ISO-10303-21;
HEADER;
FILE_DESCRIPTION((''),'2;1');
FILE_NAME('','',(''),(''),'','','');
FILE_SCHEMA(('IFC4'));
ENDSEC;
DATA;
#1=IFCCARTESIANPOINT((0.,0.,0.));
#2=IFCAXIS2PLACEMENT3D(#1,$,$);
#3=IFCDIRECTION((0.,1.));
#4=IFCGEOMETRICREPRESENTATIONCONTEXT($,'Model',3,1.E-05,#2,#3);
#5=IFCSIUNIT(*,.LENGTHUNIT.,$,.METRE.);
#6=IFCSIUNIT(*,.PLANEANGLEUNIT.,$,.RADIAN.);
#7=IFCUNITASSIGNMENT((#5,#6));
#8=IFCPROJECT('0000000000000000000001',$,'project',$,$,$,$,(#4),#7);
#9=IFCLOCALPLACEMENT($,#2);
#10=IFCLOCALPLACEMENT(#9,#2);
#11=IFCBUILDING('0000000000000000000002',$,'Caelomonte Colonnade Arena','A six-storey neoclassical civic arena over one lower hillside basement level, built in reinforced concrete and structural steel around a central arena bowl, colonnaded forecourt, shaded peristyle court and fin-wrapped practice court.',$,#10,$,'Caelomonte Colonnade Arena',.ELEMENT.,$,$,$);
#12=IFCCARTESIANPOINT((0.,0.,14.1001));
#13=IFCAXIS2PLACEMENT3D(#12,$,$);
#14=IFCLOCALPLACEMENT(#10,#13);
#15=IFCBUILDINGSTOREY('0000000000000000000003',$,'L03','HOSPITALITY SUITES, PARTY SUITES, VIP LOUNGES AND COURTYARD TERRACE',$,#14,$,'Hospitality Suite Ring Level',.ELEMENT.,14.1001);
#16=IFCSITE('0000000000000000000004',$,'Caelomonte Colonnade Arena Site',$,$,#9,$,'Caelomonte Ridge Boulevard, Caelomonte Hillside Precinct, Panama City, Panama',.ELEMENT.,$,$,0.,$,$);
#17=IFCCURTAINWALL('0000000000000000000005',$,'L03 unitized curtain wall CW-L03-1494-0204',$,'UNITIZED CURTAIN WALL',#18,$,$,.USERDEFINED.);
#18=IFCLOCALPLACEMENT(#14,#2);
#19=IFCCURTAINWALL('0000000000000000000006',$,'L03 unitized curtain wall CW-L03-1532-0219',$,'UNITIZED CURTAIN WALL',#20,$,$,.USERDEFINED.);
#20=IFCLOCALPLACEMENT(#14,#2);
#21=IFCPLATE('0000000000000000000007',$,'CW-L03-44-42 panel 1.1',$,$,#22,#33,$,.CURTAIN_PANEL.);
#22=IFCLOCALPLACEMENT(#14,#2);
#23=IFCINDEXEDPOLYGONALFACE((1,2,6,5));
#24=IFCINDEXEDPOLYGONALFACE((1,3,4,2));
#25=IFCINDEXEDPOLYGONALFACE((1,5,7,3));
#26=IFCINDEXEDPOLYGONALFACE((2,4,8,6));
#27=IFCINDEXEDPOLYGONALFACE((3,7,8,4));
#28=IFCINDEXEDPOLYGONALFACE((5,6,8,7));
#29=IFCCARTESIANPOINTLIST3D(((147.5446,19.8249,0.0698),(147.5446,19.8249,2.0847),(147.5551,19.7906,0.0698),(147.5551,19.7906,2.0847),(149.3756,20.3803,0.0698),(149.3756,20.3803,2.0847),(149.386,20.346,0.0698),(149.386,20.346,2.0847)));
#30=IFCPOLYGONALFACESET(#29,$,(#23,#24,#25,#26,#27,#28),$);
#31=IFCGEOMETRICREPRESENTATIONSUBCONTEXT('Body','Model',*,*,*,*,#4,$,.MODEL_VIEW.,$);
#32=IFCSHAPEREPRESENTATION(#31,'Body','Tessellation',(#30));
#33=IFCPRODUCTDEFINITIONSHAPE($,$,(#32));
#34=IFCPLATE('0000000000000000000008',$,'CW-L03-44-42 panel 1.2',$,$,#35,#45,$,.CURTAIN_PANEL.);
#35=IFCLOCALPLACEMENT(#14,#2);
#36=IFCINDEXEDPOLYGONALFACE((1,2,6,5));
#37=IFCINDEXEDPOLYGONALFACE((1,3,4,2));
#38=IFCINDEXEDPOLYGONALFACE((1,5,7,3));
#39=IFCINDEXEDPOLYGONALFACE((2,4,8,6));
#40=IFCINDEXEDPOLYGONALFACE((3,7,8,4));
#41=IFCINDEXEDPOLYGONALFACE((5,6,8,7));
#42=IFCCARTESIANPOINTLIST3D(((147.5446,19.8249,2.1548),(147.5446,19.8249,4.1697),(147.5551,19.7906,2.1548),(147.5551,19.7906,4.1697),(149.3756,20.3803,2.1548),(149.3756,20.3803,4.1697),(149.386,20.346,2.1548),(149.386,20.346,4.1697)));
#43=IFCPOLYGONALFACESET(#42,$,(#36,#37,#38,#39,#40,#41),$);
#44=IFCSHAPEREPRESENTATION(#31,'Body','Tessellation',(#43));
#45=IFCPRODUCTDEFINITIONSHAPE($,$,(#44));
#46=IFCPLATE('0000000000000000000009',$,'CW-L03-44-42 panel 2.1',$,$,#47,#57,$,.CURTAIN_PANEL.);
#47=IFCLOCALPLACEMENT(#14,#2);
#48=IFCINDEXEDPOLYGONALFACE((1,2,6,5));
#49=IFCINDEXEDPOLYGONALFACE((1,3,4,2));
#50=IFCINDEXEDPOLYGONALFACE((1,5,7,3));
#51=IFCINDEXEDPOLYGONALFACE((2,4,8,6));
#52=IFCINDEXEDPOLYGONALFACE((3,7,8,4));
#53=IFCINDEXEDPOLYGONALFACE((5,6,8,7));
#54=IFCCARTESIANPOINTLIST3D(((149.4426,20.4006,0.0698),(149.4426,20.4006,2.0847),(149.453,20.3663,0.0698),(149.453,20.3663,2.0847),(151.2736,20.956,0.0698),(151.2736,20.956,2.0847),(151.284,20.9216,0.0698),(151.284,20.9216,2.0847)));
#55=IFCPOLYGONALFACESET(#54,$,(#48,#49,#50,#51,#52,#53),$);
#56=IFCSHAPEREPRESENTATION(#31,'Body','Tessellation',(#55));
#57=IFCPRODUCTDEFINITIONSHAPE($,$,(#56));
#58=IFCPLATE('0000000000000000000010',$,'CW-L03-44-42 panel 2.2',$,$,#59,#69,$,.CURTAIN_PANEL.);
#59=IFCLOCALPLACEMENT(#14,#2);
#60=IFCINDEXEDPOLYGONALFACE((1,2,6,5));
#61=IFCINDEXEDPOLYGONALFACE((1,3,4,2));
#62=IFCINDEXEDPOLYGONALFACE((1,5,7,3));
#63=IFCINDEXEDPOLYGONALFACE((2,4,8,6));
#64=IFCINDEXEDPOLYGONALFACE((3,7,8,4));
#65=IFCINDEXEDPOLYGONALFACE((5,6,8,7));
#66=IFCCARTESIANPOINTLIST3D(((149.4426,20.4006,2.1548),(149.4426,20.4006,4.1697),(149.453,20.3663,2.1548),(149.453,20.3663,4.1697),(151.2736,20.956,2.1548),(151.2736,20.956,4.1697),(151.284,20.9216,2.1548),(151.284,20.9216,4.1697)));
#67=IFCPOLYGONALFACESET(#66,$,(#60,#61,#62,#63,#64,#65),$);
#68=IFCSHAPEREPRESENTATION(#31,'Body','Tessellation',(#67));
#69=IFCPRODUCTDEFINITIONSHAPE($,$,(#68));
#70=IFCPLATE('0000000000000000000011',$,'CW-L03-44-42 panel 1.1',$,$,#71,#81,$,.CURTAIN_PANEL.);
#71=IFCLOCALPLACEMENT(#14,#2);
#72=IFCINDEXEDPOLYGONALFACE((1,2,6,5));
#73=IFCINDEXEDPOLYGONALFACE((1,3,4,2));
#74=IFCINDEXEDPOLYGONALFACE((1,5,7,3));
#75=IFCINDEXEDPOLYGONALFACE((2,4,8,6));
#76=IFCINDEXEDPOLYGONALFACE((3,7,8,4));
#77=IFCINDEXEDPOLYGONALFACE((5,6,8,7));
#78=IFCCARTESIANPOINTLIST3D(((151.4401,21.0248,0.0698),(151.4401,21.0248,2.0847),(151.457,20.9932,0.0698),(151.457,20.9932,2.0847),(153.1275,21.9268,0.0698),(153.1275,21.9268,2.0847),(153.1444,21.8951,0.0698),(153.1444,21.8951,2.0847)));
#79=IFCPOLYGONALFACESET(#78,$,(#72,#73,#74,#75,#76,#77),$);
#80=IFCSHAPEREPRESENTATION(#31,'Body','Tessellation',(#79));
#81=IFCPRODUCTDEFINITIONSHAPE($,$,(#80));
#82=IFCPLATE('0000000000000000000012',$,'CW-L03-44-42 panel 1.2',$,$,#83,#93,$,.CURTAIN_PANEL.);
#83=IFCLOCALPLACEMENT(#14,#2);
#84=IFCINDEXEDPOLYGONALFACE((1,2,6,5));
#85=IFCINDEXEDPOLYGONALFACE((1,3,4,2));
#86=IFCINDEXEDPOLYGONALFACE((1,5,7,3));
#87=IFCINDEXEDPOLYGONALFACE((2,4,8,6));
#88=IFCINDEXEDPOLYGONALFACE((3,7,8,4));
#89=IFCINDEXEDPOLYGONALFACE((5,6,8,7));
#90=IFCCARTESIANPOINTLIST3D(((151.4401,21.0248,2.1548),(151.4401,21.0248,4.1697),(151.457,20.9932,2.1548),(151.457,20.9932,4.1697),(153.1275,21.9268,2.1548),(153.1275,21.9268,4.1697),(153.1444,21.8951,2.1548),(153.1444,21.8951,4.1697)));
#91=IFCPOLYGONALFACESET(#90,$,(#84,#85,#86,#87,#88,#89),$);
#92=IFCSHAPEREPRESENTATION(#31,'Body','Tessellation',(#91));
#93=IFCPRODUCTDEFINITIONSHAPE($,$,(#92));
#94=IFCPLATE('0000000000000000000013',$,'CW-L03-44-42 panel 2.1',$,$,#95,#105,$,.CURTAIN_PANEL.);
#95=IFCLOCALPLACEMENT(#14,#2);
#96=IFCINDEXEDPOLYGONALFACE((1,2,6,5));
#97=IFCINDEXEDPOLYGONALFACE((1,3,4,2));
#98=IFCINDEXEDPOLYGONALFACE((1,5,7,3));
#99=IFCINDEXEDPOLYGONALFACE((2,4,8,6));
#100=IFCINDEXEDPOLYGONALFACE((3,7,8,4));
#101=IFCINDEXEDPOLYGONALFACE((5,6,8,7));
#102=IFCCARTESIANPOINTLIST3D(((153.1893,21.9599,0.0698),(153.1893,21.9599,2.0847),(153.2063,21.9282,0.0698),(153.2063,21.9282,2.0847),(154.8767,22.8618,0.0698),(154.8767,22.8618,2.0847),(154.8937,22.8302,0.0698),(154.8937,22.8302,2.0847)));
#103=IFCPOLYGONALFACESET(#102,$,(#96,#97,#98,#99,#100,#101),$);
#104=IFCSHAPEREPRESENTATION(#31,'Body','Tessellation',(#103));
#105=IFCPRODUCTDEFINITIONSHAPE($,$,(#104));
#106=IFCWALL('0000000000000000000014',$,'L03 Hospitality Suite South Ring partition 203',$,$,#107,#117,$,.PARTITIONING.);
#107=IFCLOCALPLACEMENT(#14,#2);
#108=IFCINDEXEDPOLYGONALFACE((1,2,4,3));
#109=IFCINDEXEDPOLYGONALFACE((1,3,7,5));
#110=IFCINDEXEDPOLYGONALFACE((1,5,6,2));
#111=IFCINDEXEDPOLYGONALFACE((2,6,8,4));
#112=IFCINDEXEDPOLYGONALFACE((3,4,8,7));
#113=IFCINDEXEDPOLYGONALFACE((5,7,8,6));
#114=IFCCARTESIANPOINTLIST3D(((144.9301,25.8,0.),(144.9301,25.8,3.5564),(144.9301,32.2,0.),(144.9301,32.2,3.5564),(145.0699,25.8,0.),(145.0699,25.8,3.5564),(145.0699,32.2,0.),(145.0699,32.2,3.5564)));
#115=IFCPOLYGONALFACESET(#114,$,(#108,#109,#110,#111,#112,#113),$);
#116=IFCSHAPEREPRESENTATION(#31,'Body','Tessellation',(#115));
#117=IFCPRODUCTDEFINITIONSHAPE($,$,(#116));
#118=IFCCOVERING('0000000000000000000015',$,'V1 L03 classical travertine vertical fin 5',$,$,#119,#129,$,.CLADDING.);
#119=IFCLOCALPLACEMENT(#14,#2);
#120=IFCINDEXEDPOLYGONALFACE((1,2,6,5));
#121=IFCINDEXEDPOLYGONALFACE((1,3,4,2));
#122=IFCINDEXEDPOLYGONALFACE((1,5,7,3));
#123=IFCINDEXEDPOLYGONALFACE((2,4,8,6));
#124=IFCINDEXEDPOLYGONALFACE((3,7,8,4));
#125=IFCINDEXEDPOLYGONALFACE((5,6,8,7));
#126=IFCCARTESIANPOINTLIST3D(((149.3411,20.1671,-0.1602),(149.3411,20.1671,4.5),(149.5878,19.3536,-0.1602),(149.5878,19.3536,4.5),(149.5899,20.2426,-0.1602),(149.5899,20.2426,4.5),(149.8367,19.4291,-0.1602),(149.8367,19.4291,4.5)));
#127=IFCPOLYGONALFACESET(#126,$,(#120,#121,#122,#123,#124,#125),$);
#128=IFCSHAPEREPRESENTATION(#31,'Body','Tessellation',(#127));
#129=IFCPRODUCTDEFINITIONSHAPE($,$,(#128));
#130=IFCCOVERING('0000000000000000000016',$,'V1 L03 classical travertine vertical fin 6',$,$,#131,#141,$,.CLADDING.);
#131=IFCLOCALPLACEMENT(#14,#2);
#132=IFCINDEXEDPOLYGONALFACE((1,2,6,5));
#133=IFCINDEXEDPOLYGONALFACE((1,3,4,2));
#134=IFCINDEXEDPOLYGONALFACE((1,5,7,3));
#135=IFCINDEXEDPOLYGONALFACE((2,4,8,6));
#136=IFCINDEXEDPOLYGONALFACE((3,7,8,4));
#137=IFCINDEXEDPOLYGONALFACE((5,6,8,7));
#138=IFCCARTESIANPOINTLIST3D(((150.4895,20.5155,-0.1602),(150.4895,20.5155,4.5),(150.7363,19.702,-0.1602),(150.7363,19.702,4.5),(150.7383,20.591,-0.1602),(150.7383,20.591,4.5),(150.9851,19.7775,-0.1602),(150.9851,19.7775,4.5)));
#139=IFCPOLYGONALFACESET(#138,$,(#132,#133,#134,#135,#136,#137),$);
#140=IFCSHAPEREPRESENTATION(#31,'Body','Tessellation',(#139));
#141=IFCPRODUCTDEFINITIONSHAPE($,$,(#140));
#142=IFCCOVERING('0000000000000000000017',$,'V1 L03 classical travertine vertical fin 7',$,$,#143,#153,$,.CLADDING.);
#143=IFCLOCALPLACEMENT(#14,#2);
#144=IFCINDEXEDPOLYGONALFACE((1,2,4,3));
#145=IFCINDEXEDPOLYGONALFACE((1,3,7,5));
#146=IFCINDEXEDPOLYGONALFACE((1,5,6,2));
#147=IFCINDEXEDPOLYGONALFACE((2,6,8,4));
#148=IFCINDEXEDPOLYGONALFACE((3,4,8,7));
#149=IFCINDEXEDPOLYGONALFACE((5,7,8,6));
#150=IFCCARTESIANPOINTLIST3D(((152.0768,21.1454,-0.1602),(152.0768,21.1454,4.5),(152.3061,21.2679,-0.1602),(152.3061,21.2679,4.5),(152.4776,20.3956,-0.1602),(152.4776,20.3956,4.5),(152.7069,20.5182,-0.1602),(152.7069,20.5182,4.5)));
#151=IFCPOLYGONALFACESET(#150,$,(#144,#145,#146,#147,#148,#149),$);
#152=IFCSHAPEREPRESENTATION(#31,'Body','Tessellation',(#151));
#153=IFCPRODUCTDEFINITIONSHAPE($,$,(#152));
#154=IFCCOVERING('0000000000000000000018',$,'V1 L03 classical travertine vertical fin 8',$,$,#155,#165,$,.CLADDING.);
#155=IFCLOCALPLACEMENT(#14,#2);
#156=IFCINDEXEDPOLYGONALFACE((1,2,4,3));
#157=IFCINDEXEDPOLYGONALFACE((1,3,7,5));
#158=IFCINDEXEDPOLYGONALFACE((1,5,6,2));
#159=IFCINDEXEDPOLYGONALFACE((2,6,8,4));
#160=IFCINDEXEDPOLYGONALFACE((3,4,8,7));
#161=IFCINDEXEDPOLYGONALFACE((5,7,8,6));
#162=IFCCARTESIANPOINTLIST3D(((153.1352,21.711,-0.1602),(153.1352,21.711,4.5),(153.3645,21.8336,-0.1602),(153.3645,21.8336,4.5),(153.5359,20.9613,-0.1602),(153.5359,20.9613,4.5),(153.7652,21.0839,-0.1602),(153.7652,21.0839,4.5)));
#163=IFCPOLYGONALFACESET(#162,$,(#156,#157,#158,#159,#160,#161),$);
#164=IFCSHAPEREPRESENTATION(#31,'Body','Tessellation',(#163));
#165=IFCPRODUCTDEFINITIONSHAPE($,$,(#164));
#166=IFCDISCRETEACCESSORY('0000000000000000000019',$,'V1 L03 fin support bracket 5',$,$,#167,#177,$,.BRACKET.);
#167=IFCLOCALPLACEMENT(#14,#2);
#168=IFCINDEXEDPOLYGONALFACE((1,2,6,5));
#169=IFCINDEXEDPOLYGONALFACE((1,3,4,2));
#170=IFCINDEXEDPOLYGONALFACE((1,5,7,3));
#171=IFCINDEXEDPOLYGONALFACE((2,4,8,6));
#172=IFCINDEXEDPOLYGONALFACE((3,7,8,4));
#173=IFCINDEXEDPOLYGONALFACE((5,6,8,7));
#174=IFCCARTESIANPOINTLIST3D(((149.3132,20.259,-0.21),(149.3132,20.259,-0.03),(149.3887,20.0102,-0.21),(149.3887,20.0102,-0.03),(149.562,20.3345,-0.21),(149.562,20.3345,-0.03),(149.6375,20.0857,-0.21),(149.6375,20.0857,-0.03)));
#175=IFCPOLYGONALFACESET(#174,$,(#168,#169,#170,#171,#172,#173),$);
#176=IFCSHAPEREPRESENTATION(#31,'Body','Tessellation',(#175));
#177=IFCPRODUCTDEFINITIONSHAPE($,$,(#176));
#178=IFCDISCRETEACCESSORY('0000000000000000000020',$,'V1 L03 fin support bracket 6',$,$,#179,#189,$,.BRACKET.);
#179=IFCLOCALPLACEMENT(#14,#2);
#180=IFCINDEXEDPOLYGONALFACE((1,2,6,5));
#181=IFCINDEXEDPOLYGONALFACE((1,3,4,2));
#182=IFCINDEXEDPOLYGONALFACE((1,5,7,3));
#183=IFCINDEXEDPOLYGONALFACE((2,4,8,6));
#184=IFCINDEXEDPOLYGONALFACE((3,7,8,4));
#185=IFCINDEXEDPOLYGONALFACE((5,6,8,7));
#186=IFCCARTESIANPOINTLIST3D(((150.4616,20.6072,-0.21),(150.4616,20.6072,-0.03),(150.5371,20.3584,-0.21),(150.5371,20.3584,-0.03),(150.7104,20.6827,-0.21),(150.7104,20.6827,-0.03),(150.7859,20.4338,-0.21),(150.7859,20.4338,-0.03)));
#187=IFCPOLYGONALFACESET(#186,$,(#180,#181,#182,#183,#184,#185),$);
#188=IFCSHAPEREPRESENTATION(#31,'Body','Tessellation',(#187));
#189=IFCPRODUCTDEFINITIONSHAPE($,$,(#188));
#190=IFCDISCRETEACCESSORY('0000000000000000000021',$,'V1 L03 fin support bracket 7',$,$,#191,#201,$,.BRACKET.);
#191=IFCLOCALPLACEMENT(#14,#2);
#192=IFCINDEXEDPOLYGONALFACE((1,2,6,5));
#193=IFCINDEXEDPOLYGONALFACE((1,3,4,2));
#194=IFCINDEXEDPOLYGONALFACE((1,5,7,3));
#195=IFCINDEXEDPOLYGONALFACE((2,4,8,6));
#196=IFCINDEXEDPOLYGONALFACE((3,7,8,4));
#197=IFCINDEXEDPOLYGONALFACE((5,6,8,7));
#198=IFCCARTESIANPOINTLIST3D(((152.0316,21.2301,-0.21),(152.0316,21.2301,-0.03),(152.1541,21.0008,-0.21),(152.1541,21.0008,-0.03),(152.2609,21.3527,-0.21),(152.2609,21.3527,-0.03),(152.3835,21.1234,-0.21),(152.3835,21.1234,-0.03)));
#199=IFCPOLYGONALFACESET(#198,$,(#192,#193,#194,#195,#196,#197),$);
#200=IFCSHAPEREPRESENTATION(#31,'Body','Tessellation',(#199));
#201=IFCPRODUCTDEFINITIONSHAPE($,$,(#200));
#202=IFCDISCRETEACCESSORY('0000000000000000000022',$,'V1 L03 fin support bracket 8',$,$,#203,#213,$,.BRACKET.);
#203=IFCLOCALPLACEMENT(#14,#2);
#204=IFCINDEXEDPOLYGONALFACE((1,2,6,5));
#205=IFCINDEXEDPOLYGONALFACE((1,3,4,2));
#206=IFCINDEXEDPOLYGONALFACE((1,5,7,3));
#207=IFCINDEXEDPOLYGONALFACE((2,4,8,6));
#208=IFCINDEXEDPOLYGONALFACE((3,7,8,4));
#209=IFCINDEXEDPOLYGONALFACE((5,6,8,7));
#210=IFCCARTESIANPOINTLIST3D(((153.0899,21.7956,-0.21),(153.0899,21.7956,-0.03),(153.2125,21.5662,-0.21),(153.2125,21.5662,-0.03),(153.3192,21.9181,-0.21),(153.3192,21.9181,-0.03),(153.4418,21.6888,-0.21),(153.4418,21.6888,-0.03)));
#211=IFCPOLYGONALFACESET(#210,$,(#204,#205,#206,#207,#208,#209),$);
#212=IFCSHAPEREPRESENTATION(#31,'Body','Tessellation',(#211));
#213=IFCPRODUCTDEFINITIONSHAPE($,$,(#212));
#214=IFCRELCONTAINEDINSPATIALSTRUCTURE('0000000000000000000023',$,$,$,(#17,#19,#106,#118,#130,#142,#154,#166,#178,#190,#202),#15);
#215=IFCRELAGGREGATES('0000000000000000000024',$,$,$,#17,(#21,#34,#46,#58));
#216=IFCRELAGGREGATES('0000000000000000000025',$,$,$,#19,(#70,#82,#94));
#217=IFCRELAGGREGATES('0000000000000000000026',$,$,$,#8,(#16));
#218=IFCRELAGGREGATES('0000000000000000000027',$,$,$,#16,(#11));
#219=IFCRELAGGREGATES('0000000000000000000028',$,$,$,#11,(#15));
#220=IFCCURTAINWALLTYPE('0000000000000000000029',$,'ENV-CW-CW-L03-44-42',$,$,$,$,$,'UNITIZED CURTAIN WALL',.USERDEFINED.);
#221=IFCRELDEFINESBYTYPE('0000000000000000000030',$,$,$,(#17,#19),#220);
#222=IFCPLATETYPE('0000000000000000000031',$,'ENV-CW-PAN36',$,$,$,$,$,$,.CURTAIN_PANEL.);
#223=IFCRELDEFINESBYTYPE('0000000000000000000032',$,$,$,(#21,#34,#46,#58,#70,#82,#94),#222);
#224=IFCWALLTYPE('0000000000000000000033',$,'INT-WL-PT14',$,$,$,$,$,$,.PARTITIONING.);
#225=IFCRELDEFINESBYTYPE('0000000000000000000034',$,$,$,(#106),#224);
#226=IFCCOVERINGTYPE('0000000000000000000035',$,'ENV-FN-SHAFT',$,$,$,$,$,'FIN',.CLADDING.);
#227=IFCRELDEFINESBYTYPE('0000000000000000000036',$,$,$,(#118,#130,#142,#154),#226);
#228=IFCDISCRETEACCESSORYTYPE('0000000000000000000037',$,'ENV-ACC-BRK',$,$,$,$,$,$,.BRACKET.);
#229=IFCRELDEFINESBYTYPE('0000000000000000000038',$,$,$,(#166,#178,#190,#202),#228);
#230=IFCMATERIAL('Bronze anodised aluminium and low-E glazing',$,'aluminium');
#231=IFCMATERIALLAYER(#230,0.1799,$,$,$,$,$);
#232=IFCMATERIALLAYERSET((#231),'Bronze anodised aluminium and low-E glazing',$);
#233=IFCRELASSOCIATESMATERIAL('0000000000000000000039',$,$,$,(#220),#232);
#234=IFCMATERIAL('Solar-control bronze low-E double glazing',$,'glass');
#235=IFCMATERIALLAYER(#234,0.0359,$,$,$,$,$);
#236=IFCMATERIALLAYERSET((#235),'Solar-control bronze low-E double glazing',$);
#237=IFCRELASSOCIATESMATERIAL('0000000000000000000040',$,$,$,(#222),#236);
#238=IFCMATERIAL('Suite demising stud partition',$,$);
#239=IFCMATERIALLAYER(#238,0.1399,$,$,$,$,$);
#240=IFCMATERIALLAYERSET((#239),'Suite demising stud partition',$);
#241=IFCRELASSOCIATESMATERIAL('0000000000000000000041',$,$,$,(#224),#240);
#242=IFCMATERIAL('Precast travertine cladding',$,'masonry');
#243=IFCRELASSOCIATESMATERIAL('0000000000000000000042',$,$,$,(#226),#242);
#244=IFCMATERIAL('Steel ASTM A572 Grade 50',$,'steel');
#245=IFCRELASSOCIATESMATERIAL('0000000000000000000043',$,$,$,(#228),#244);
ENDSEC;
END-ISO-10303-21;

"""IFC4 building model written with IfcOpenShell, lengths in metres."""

from ifc_helpers import new_model, si_unit, direction, frame, frame_2d, origin, origin_2d, place, context, subcontext, project, spatial, rectangle, extrude, material, layer, layer_set, material_profile, profile_set, type_object, element, aggregate, save


model = new_model("IFC4")

# Units and contexts
model_context = context("Model", 3, precision=1e-05, world=origin(), true_north=direction((0.0, 1.0)))
body_context = subcontext(model_context, "Body", "Model", "MODEL_VIEW")
ifc_project = project(units=[si_unit("LENGTHUNIT", "METRE"), si_unit("PLANEANGLEUNIT", "RADIAN")], contexts=[model_context])

# Site, building, storey
site_placement = place(None, origin())
site = spatial("IfcSite", under=ifc_project, at=site_placement, Name="Caelomonte Colonnade Arena Site", LongName="Caelomonte Ridge Boulevard, Caelomonte Hillside Precinct, Panama City, Panama", CompositionType="ELEMENT", RefElevation=0.0)
building_placement = place(site_placement, origin())
building = spatial("IfcBuilding", under=site, at=building_placement, Name="Caelomonte Colonnade Arena", Description="A six-storey neoclassical civic arena over one lower hillside basement level, built in reinforced concrete and structural steel around a central arena bowl, colonnaded forecourt, shaded peristyle court and fin-wrapped practice court.", LongName="Caelomonte Colonnade Arena", CompositionType="ELEMENT")
storey_placement = place(building_placement, frame((0.0, 0.0, 14.1001)))
storey = spatial("IfcBuildingStorey", under=building, at=storey_placement, Name="L03", Description="HOSPITALITY SUITES, PARTY SUITES, VIP LOUNGES AND COURTYARD TERRACE", LongName="Hospitality Suite Ring Level", CompositionType="ELEMENT", Elevation=14.1001)

# Curtain walls
ifc_material_1 = material(Name="Bronze anodised aluminium and low-E glazing", Category="aluminium")
ifc_layer_1 = layer(ifc_material_1, 0.1799)
ifc_layer_set_1 = layer_set([ifc_layer_1], Name="Bronze anodised aluminium and low-E glazing")
curtain_wall_type = type_object("IfcCurtainWallType", Name="ENV-CW-CW-L03-44-42", ElementType="UNITIZED CURTAIN WALL", PredefinedType="USERDEFINED", material=ifc_layer_set_1)
curtain_wall_1_placement = place(storey_placement, origin())
curtain_wall_1 = element("IfcCurtainWall", 1, at=curtain_wall_1_placement, inside=storey, type_object=curtain_wall_type, Name="L03 unitized curtain wall CW-L03-1494-0204", ObjectType="UNITIZED CURTAIN WALL", PredefinedType="USERDEFINED")
curtain_wall_2_placement = place(storey_placement, origin())
curtain_wall_2 = element("IfcCurtainWall", 2, at=curtain_wall_2_placement, inside=storey, type_object=curtain_wall_type, Name="L03 unitized curtain wall CW-L03-1532-0219", ObjectType="UNITIZED CURTAIN WALL", PredefinedType="USERDEFINED")

# Plates
ifc_material_2 = material(Name="Solar-control bronze low-E double glazing", Category="glass")
ifc_layer_2 = layer(ifc_material_2, 0.0359)
ifc_layer_set_2 = layer_set([ifc_layer_2], Name="Solar-control bronze low-E double glazing")
plate_type = type_object("IfcPlateType", Name="ENV-CW-PAN36", PredefinedType="CURTAIN_PANEL", material=ifc_layer_set_2)
plate_1_placement = place(storey_placement, frame((148.4653, 20.0854, 0.0698), z_axis=(0.0, 0.0, 1.0), x_axis=(0.956949, 0.290256, 0.0)))
plate_1 = element("IfcPlate", 3, at=plate_1_placement, type_object=plate_type, Name="CW-L03-44-42 panel 1.1", PredefinedType="CURTAIN_PANEL", context=body_context, shape_type="SweptSolid", body=[
    extrude(rectangle(XDim=1.9133, YDim=0.0359, at=origin_2d()), origin(), (0.0, 0.0, 1.0), 2.0149),
])
plate_2_placement = place(storey_placement, frame((148.4653, 20.0854, 2.1548), z_axis=(0.0, 0.0, 1.0), x_axis=(0.956949, 0.290256, 0.0)))
plate_2 = element("IfcPlate", 4, at=plate_2_placement, type_object=plate_type, Name="CW-L03-44-42 panel 1.2", PredefinedType="CURTAIN_PANEL", context=body_context, shape_type="SweptSolid", body=[
    extrude(rectangle(XDim=1.9133, YDim=0.0359, at=origin_2d()), origin(), (0.0, 0.0, 1.0), 2.0149),
])
plate_3_placement = place(storey_placement, frame((150.3633, 20.6611, 0.0698), z_axis=(0.0, 0.0, 1.0), x_axis=(0.956949, 0.290256, 0.0)))
plate_3 = element("IfcPlate", 5, at=plate_3_placement, type_object=plate_type, Name="CW-L03-44-42 panel 2.1", PredefinedType="CURTAIN_PANEL", context=body_context, shape_type="SweptSolid", body=[
    extrude(rectangle(XDim=1.9133, YDim=0.0359, at=origin_2d()), origin(), (0.0, 0.0, 1.0), 2.0149),
])
plate_4_placement = place(storey_placement, frame((150.3633, 20.6611, 2.1548), z_axis=(0.0, 0.0, 1.0), x_axis=(0.956949, 0.290256, 0.0)))
plate_4 = element("IfcPlate", 6, at=plate_4_placement, type_object=plate_type, Name="CW-L03-44-42 panel 2.2", PredefinedType="CURTAIN_PANEL", context=body_context, shape_type="SweptSolid", body=[
    extrude(rectangle(XDim=1.9133, YDim=0.0359, at=origin_2d()), origin(), (0.0, 0.0, 1.0), 2.0149),
])
aggregate(curtain_wall_1, [plate_1, plate_2, plate_3, plate_4])
plate_5_placement = place(storey_placement, frame((152.2922, 21.46, 0.0698), z_axis=(0.0, 0.0, 1.0), x_axis=(0.881923, 0.471394, 0.0)))
plate_5 = element("IfcPlate", 7, at=plate_5_placement, type_object=plate_type, Name="CW-L03-44-42 panel 1.1", PredefinedType="CURTAIN_PANEL", context=body_context, shape_type="SweptSolid", body=[
    extrude(rectangle(XDim=1.9133, YDim=0.0359, at=origin_2d()), origin(), (0.0, 0.0, 1.0), 2.0149),
])
plate_6_placement = place(storey_placement, frame((152.2922, 21.46, 2.1548), z_axis=(0.0, 0.0, 1.0), x_axis=(0.881923, 0.471394, 0.0)))
plate_6 = element("IfcPlate", 8, at=plate_6_placement, type_object=plate_type, Name="CW-L03-44-42 panel 1.2", PredefinedType="CURTAIN_PANEL", context=body_context, shape_type="SweptSolid", body=[
    extrude(rectangle(XDim=1.9133, YDim=0.0359, at=origin_2d()), origin(), (0.0, 0.0, 1.0), 2.0149),
])
plate_7_placement = place(storey_placement, frame((154.0415, 22.395, 0.0698), z_axis=(0.0, 0.0, 1.0), x_axis=(0.881923, 0.471394, 0.0)))
plate_7 = element("IfcPlate", 9, at=plate_7_placement, type_object=plate_type, Name="CW-L03-44-42 panel 2.1", PredefinedType="CURTAIN_PANEL", context=body_context, shape_type="SweptSolid", body=[
    extrude(rectangle(XDim=1.9133, YDim=0.0359, at=origin_2d()), origin(), (0.0, 0.0, 1.0), 2.0149),
])
aggregate(curtain_wall_2, [plate_5, plate_6, plate_7])

# Wall
ifc_material_3 = material(Name="Suite demising stud partition")
ifc_layer_3 = layer(ifc_material_3, 0.1399)
ifc_layer_set_3 = layer_set([ifc_layer_3], Name="Suite demising stud partition")
wall_type = type_object("IfcWallType", Name="INT-WL-PT14", PredefinedType="PARTITIONING", material=ifc_layer_set_3)
wall_placement = place(storey_placement, frame((145.0, 32.2, 0.0), z_axis=(0.0, 0.0, 1.0), x_axis=(0.0, -1.0, 0.0)))
element("IfcWall", 10, at=wall_placement, inside=storey, type_object=wall_type, Name="L03 Hospitality Suite South Ring partition 203", PredefinedType="PARTITIONING", context=body_context, shape_type="SweptSolid", body=[
    extrude(rectangle(XDim=6.3999, YDim=0.1399, at=frame_2d((3.2, 0.0))), origin(), (0.0, 0.0, 1.0), 3.5564),
])

# Coverings
ifc_material_4 = material(Name="Precast travertine cladding", Category="masonry")
ifc_material_profile_1 = material_profile(ifc_material_4, rectangle(XDim=0.26, YDim=0.8501, at=origin_2d()), Name="FIN260X850")
ifc_profile_set_1 = profile_set([ifc_material_profile_1], Name="Precast travertine cladding")
covering_type = type_object("IfcCoveringType", Name="ENV-FN-SHAFT", ElementType="FIN", PredefinedType="CLADDING", material=ifc_profile_set_1)
for number, where, z_axis, x_axis, name in (
    (11, (149.5889, 19.7981, -0.1602), (0.0, 0.0, 1.0), (-0.956943, -0.290276, 0.0), "V1 L03 classical travertine vertical fin 5"),
    (12, (150.7373, 20.1465, -0.1602), (0.0, 0.0, 1.0), (-0.956943, -0.290276, 0.0), "V1 L03 classical travertine vertical fin 6"),
    (13, (152.3918, 20.8318, -0.1602), (0.0, 0.0, 1.0), (-0.881921, -0.471397, 0.0), "V1 L03 classical travertine vertical fin 7"),
    (14, (153.4502, 21.3975, -0.1602), (0.0, 0.0, 1.0), (-0.881921, -0.471397, 0.0), "V1 L03 classical travertine vertical fin 8"),
):
    element("IfcCovering", number, at=place(storey_placement, frame(where, z_axis=z_axis, x_axis=x_axis)), inside=storey, type_object=covering_type, Name=name, PredefinedType="CLADDING", context=body_context, shape_type="SweptSolid", body=[
        extrude(rectangle(XDim=0.26, YDim=0.8501, at=origin_2d()), origin(), (0.0, 0.0, 1.0), 4.6602),
    ])

# Discrete accessories
ifc_material_5 = material(Name="Steel ASTM A572 Grade 50", Category="steel")
discrete_accessory_type = type_object("IfcDiscreteAccessoryType", Name="ENV-ACC-BRK", PredefinedType="BRACKET", material=ifc_material_5)
for number, where, z_axis, x_axis, name in (
    (15, (149.4753, 20.1724, -0.21), (0.0, 0.0, 1.0), (0.956943, 0.290276, 0.0), "V1 L03 fin support bracket 5"),
    (16, (150.6238, 20.5205, -0.21), (0.0, 0.0, 1.0), (0.956943, 0.290276, 0.0), "V1 L03 fin support bracket 6"),
    (17, (152.2075, 21.1768, -0.21), (0.0, 0.0, 1.0), (0.881921, 0.471397, 0.0), "V1 L03 fin support bracket 7"),
    (18, (153.2659, 21.7422, -0.21), (0.0, 0.0, 1.0), (0.881921, 0.471397, 0.0), "V1 L03 fin support bracket 8"),
):
    element("IfcDiscreteAccessory", number, at=place(storey_placement, frame(where, z_axis=z_axis, x_axis=x_axis)), inside=storey, type_object=discrete_accessory_type, Name=name, PredefinedType="BRACKET", context=body_context, shape_type="SweptSolid", body=[
        extrude(rectangle(XDim=0.26, YDim=0.26, at=origin_2d()), origin(), (0.0, 0.0, 1.0), 0.1799),
    ])

save(model, "model.ifc")
